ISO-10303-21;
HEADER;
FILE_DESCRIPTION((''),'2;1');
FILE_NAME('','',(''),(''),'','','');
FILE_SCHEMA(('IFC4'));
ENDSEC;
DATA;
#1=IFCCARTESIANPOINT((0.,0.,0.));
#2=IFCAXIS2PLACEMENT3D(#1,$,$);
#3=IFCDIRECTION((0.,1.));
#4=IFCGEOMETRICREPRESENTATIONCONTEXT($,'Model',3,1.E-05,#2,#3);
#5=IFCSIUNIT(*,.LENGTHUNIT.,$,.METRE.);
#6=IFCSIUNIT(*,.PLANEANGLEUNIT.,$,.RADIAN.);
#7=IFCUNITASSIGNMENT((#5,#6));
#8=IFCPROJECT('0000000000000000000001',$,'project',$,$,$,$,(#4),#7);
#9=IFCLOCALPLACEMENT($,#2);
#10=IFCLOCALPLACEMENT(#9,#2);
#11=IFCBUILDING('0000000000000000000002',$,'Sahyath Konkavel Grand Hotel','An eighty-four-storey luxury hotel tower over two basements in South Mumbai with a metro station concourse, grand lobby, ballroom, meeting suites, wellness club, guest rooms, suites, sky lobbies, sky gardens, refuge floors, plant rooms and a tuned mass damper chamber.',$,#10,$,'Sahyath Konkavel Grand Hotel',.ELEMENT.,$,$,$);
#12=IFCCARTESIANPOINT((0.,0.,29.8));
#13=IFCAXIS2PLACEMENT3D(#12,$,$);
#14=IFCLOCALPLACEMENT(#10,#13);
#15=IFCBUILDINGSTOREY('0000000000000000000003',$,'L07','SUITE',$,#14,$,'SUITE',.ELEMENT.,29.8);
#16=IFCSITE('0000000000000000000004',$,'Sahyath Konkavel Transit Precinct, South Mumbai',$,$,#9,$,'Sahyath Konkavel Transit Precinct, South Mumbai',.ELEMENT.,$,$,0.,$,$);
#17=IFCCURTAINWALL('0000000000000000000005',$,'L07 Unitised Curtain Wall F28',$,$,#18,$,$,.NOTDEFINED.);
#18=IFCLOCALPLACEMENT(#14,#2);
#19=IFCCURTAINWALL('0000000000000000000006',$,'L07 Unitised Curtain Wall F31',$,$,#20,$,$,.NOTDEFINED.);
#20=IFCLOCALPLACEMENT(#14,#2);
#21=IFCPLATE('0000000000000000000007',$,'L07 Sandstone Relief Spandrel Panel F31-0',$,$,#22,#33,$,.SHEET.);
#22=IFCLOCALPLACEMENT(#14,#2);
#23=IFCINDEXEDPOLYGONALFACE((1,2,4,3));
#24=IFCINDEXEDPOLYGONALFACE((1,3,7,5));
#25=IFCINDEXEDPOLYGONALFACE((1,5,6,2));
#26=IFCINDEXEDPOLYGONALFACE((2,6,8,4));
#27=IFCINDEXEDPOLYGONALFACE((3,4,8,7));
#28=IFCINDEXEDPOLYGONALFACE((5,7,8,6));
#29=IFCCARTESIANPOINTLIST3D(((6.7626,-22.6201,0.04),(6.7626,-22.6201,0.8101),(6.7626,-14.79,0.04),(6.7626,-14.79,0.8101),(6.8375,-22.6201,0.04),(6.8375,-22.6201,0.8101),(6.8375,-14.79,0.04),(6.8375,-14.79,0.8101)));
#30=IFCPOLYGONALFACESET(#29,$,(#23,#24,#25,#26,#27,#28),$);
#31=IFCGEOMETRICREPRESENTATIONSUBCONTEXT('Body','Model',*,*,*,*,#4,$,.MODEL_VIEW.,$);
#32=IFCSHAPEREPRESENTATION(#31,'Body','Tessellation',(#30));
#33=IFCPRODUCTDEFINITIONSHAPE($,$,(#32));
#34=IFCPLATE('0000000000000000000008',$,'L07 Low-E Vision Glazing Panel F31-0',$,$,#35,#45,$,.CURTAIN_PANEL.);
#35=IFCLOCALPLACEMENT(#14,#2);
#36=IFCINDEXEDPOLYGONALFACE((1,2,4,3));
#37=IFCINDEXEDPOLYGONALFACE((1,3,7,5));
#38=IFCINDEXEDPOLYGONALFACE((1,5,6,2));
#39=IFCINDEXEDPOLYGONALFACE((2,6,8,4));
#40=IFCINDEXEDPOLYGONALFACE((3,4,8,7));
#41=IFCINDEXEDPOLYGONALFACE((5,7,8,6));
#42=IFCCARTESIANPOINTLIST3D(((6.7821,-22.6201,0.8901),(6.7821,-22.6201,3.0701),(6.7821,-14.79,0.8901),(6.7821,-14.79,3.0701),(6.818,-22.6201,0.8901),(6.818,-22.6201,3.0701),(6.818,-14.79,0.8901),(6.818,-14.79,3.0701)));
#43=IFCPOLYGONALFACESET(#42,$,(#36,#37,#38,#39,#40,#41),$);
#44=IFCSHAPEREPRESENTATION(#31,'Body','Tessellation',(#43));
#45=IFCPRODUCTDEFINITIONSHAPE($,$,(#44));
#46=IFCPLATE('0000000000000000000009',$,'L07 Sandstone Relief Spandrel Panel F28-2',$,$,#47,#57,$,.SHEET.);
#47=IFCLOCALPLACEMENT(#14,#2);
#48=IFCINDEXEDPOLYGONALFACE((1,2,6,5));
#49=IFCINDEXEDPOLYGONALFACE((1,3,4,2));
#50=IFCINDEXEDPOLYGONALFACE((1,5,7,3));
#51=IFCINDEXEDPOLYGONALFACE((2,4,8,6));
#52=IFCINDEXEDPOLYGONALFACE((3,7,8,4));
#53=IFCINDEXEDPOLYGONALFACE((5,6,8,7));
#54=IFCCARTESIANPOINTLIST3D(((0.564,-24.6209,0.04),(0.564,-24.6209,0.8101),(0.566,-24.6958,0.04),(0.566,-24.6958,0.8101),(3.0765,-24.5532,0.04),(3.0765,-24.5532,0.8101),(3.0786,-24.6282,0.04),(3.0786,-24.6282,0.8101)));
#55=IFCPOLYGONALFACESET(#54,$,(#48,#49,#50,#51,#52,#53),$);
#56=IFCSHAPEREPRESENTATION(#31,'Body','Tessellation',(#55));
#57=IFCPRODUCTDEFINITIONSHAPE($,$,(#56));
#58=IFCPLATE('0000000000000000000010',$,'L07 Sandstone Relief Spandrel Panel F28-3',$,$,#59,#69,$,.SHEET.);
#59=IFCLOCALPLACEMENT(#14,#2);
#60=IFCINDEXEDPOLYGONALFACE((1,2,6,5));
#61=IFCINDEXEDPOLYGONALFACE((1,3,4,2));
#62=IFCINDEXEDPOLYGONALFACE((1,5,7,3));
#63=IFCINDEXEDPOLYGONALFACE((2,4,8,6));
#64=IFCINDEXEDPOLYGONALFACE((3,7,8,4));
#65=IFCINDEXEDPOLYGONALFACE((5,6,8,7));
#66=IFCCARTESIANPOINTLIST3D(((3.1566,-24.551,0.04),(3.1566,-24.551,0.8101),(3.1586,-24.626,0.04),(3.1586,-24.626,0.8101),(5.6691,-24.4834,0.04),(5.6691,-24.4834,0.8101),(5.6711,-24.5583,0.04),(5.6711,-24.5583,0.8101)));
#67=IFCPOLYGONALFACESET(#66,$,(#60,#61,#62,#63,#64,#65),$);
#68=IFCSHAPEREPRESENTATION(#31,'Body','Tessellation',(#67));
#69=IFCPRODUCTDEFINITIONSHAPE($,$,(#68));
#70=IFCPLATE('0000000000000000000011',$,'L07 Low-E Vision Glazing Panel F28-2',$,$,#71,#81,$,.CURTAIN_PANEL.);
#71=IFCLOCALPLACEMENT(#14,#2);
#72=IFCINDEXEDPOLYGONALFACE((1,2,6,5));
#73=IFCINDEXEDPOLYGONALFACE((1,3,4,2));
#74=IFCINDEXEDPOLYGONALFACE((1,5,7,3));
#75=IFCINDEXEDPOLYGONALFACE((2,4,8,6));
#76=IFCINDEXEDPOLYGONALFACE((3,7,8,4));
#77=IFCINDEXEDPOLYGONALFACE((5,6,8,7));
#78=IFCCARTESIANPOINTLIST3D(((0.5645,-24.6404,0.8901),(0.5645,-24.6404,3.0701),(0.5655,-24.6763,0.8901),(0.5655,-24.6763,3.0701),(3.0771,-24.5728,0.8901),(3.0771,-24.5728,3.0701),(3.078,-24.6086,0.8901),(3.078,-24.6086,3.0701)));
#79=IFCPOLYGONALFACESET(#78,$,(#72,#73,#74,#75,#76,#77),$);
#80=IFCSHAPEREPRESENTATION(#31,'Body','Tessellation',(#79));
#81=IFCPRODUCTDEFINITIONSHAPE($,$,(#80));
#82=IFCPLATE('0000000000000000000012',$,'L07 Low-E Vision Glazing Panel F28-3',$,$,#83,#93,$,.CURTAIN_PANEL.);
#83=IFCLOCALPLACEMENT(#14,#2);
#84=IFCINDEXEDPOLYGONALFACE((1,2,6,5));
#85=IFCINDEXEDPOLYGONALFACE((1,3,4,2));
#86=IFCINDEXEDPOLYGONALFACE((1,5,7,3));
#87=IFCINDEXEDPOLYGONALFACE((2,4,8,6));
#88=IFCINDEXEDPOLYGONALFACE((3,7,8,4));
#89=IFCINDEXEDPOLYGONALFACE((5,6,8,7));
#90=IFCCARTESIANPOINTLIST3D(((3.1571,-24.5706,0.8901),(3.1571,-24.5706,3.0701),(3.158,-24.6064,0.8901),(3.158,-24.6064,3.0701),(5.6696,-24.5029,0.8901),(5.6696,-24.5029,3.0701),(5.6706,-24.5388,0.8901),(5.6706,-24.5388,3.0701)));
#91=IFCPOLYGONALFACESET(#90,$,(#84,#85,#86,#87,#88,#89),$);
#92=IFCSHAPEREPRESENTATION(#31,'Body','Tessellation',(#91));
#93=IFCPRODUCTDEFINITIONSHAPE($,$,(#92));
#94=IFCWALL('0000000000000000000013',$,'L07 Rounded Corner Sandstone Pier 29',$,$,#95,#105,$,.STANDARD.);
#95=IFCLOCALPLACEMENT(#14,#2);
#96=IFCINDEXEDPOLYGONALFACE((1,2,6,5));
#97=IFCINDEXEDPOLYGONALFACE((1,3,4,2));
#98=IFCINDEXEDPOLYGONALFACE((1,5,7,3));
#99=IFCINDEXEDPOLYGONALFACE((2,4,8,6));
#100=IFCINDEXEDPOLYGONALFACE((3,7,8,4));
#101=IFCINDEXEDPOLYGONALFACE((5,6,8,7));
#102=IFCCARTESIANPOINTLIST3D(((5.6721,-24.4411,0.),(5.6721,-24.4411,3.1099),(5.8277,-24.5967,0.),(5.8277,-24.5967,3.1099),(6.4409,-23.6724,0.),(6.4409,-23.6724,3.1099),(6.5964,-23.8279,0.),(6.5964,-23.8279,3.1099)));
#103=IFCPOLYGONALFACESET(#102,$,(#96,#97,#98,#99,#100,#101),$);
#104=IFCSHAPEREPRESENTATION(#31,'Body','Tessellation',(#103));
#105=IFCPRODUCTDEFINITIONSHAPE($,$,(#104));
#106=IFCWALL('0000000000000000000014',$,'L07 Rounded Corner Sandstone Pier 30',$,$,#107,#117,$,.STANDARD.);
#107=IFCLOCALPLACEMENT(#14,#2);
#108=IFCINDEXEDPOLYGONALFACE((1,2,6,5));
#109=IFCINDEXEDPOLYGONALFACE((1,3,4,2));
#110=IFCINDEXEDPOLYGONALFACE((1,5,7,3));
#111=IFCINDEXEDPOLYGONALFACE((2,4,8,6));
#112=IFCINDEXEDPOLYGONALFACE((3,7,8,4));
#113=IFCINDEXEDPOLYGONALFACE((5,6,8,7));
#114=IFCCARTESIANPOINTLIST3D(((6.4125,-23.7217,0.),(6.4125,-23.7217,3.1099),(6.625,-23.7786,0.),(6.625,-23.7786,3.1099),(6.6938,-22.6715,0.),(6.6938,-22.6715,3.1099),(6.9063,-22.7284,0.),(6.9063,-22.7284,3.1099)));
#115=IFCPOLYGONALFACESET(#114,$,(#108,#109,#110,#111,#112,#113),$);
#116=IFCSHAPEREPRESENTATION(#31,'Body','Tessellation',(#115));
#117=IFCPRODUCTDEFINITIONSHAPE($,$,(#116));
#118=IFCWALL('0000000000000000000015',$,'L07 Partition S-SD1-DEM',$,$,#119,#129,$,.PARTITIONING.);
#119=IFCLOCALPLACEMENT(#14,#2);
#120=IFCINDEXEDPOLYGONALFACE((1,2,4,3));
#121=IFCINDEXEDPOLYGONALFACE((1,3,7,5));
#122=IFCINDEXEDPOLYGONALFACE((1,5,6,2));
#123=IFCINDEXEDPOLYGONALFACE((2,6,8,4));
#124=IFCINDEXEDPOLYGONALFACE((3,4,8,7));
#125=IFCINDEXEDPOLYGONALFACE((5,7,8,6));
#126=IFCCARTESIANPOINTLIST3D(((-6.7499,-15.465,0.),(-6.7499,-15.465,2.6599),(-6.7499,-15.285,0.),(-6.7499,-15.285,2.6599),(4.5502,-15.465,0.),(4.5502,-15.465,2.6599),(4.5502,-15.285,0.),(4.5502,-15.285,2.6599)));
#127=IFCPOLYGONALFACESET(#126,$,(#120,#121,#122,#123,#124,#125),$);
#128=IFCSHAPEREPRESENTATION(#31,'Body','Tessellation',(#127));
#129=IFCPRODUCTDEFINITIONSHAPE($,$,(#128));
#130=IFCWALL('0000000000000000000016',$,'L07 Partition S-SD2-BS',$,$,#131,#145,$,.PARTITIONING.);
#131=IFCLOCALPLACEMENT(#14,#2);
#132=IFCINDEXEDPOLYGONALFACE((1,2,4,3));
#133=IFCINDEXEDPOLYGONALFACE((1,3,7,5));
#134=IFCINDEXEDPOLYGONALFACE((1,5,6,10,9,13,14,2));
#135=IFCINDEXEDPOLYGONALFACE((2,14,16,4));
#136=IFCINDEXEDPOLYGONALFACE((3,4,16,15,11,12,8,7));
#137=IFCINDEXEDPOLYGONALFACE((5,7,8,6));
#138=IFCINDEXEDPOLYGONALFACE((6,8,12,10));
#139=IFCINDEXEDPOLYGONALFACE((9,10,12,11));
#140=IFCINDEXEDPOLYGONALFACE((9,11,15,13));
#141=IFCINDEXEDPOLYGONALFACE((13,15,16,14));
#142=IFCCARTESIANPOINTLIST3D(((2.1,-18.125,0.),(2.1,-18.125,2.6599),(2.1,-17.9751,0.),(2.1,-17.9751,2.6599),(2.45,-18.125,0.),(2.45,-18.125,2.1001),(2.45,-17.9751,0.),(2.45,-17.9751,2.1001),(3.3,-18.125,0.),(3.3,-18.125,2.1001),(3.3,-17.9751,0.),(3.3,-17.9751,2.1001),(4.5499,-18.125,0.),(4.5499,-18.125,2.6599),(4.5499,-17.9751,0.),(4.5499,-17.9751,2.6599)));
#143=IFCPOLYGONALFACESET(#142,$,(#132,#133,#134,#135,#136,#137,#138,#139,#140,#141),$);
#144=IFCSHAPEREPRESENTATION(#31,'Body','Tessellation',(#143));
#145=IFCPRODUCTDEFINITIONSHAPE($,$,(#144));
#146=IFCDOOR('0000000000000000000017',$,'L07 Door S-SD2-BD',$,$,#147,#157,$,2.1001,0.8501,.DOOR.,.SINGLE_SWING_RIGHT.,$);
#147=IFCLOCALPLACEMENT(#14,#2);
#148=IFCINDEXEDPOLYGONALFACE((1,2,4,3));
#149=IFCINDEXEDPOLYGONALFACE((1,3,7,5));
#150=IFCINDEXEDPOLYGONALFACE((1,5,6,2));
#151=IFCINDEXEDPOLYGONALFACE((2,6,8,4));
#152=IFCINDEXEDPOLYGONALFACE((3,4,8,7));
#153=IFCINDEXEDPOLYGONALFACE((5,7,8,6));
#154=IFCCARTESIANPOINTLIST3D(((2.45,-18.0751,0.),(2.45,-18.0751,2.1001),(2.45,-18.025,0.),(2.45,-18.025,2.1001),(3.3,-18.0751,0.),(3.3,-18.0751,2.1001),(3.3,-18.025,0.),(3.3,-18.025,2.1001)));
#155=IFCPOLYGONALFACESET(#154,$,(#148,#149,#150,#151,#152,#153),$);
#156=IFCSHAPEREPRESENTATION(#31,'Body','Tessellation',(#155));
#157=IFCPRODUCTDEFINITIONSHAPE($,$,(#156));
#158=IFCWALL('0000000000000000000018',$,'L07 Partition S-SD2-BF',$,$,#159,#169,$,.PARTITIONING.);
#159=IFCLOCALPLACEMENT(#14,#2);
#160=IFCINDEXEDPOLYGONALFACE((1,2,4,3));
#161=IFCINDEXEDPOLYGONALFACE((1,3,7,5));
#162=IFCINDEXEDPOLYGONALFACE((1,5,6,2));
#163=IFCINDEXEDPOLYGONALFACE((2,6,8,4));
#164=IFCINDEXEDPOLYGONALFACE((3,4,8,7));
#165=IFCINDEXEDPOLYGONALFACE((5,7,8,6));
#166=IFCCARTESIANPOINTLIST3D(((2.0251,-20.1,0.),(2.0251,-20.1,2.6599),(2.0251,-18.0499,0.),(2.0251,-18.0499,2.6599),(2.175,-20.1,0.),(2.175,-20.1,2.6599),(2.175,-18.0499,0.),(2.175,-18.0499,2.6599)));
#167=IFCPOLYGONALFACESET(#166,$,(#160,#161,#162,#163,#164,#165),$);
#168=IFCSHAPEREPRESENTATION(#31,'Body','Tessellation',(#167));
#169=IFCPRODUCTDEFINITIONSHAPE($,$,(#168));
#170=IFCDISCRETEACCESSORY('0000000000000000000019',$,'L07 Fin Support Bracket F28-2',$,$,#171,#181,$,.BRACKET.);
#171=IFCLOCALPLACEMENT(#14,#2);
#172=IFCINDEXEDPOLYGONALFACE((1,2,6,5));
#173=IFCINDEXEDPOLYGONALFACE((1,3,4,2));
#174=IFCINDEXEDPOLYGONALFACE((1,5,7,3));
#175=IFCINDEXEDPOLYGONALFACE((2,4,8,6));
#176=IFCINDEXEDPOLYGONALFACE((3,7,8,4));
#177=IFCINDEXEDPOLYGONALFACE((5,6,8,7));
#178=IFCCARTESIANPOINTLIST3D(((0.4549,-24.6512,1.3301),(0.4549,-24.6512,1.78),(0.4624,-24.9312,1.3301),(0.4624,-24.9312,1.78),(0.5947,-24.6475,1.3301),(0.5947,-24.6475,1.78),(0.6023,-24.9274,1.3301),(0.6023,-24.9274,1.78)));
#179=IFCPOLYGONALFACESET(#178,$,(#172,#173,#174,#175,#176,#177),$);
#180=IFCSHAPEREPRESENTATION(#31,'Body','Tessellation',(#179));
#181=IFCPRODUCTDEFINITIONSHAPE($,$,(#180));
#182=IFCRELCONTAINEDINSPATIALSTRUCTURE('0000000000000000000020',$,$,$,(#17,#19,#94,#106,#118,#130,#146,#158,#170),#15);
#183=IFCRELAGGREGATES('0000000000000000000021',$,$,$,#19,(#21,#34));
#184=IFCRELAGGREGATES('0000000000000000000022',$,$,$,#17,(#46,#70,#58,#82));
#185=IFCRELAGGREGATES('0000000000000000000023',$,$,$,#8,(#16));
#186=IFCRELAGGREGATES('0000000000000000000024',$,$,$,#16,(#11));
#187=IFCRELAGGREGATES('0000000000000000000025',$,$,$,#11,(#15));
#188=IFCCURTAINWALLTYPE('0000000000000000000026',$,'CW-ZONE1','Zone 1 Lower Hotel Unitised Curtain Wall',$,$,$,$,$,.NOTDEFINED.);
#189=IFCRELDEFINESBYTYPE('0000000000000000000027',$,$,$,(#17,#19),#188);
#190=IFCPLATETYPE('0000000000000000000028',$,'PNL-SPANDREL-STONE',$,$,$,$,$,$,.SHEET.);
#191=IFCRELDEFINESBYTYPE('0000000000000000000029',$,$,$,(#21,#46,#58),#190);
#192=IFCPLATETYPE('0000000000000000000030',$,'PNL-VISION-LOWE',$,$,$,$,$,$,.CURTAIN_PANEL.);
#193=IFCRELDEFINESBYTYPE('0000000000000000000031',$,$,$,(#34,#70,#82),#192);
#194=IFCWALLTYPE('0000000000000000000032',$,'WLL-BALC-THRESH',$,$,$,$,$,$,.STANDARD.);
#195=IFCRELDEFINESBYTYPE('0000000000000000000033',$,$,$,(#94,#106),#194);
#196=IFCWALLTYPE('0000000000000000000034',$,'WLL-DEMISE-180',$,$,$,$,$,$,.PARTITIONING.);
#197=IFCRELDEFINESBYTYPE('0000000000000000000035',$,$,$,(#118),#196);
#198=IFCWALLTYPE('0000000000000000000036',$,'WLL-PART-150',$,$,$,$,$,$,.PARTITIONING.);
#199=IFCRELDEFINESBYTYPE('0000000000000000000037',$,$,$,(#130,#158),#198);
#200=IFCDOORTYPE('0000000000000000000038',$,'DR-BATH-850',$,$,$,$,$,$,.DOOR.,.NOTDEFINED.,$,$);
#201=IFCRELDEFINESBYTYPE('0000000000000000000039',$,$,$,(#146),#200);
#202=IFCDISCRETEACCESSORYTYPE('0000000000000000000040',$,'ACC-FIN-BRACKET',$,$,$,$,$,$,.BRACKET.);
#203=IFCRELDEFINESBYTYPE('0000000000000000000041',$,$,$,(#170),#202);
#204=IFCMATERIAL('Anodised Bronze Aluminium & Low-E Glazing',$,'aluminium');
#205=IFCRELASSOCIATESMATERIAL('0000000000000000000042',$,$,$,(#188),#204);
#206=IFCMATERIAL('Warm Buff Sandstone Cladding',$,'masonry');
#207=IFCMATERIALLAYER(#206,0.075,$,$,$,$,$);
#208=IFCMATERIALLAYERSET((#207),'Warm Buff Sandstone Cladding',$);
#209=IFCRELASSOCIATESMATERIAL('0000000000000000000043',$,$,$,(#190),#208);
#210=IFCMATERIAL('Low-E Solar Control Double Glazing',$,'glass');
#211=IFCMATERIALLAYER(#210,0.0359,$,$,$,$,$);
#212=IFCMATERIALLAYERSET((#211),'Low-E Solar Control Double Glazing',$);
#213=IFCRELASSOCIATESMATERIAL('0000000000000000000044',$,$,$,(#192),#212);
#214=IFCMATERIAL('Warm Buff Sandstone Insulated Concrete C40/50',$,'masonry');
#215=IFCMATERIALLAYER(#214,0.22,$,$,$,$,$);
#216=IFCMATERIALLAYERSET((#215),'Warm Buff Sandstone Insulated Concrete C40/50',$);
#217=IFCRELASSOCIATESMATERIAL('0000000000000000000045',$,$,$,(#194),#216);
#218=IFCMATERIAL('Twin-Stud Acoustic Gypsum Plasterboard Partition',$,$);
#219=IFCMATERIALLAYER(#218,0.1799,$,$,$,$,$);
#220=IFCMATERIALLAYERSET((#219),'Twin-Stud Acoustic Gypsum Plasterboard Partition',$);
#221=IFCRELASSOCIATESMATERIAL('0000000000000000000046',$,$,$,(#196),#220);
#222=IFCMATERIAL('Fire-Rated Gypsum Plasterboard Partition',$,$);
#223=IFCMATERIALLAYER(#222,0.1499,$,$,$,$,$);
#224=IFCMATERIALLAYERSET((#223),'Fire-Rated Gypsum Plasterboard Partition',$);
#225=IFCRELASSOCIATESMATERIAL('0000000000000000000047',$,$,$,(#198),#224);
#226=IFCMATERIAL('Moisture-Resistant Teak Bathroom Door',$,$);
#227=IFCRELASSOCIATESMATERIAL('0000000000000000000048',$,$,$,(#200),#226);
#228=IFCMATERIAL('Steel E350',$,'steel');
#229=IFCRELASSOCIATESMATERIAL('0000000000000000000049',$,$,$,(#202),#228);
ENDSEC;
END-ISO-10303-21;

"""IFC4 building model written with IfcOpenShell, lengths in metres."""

from ifc_helpers import new_model, si_unit, direction, frame, frame_2d, origin, origin_2d, place, context, subcontext, project, spatial, rectangle, extrude, source, transform, mapped, material, layer, layer_set, type_object, element, fill, aggregate, save


model = new_model("IFC4")

# Units and contexts
model_context = context("Model", 3, precision=1e-05, world=origin(), true_north=direction((0.0, 1.0)))
body_context = subcontext(model_context, "Body", "Model", "MODEL_VIEW")
ifc_project = project(units=[si_unit("LENGTHUNIT", "METRE"), si_unit("PLANEANGLEUNIT", "RADIAN")], contexts=[model_context])

# Site, building, storey
site_placement = place(None, origin())
site = spatial("IfcSite", under=ifc_project, at=site_placement, Name="Sahyath Konkavel Transit Precinct, South Mumbai", LongName="Sahyath Konkavel Transit Precinct, South Mumbai", CompositionType="ELEMENT", RefElevation=0.0)
building_placement = place(site_placement, origin())
building = spatial("IfcBuilding", under=site, at=building_placement, Name="Sahyath Konkavel Grand Hotel", Description="An eighty-four-storey luxury hotel tower over two basements in South Mumbai with a metro station concourse, grand lobby, ballroom, meeting suites, wellness club, guest rooms, suites, sky lobbies, sky gardens, refuge floors, plant rooms and a tuned mass damper chamber.", LongName="Sahyath Konkavel Grand Hotel", CompositionType="ELEMENT")
storey_placement = place(building_placement, frame((0.0, 0.0, 29.8)))
storey = spatial("IfcBuildingStorey", under=building, at=storey_placement, Name="L07", Description="SUITE", LongName="SUITE", CompositionType="ELEMENT", Elevation=29.8)

# Curtain walls
ifc_material_1 = material(Name="Anodised Bronze Aluminium & Low-E Glazing", Category="aluminium")
curtain_wall_type = type_object("IfcCurtainWallType", Name="CW-ZONE1", Description="Zone 1 Lower Hotel Unitised Curtain Wall", PredefinedType="NOTDEFINED", material=ifc_material_1)
curtain_wall_1_placement = place(storey_placement, origin())
curtain_wall_1 = element("IfcCurtainWall", 1, at=curtain_wall_1_placement, inside=storey, type_object=curtain_wall_type, Name="L07 Unitised Curtain Wall F28", PredefinedType="NOTDEFINED")
curtain_wall_2_placement = place(storey_placement, origin())
curtain_wall_2 = element("IfcCurtainWall", 2, at=curtain_wall_2_placement, inside=storey, type_object=curtain_wall_type, Name="L07 Unitised Curtain Wall F31", PredefinedType="NOTDEFINED")

# Plates
ifc_material_2 = material(Name="Warm Buff Sandstone Cladding", Category="masonry")
ifc_layer_1 = layer(ifc_material_2, 0.075)
ifc_layer_set_1 = layer_set([ifc_layer_1], Name="Warm Buff Sandstone Cladding")
plate_type_1 = type_object("IfcPlateType", Name="PNL-SPANDREL-STONE", PredefinedType="SHEET", material=ifc_layer_set_1)
shared_shape_1 = source(origin(), body_context, "Body", "SweptSolid", [
    extrude(rectangle(XDim=7.8301, YDim=0.075, at=origin_2d()), origin(), (0.0, 0.0, 1.0), 0.77),
])
plate_1_placement = place(storey_placement, frame((6.8, -18.7051, 0.04), z_axis=(0.0, 0.0, 1.0), x_axis=(0.0, 1.0, 0.0)))
plate_1 = element("IfcPlate", 3, at=plate_1_placement, type_object=plate_type_1, Name="L07 Sandstone Relief Spandrel Panel F31-0", PredefinedType="SHEET", context=body_context, shape_type="MappedRepresentation", body=[
    mapped(shared_shape_1, transform((0.0, 0.0, 0.0), scale=1.0)),
])
ifc_material_3 = material(Name="Low-E Solar Control Double Glazing", Category="glass")
ifc_layer_2 = layer(ifc_material_3, 0.0359)
ifc_layer_set_2 = layer_set([ifc_layer_2], Name="Low-E Solar Control Double Glazing")
plate_type_2 = type_object("IfcPlateType", Name="PNL-VISION-LOWE", PredefinedType="CURTAIN_PANEL", material=ifc_layer_set_2)
shared_shape_2 = source(origin(), body_context, "Body", "SweptSolid", [
    extrude(rectangle(XDim=7.8301, YDim=0.0359, at=origin_2d()), origin(), (0.0, 0.0, 1.0), 2.1799),
])
plate_2_placement = place(storey_placement, frame((6.8, -18.7051, 0.8901), z_axis=(0.0, 0.0, 1.0), x_axis=(0.0, 1.0, 0.0)))
plate_2 = element("IfcPlate", 4, at=plate_2_placement, type_object=plate_type_2, Name="L07 Low-E Vision Glazing Panel F31-0", PredefinedType="CURTAIN_PANEL", context=body_context, shape_type="MappedRepresentation", body=[
    mapped(shared_shape_2, transform((0.0, 0.0, 0.0), scale=1.0)),
])
aggregate(curtain_wall_2, [plate_1, plate_2])
shared_shape_3 = source(origin(), body_context, "Body", "SweptSolid", [
    extrude(rectangle(XDim=2.5134, YDim=0.075, at=origin_2d()), origin(), (0.0, 0.0, 1.0), 0.77),
])
plate_3_placement = place(storey_placement, frame((1.8213, -24.6245, 0.04), z_axis=(0.0, 0.0, 1.0), x_axis=(0.999638, 0.02691, 0.0)))
plate_3 = element("IfcPlate", 5, at=plate_3_placement, type_object=plate_type_1, Name="L07 Sandstone Relief Spandrel Panel F28-2", PredefinedType="SHEET", context=body_context, shape_type="MappedRepresentation", body=[
    mapped(shared_shape_3, transform((0.0, 0.0, 0.0), scale=1.0)),
])
plate_4_placement = place(storey_placement, frame((4.4138, -24.5547, 0.04), z_axis=(0.0, 0.0, 1.0), x_axis=(0.999638, 0.02691, 0.0)))
plate_4 = element("IfcPlate", 6, at=plate_4_placement, type_object=plate_type_1, Name="L07 Sandstone Relief Spandrel Panel F28-3", PredefinedType="SHEET", context=body_context, shape_type="MappedRepresentation", body=[
    mapped(shared_shape_3, transform((0.0, 0.0, 0.0), scale=1.0)),
])
shared_shape_4 = source(origin(), body_context, "Body", "SweptSolid", [
    extrude(rectangle(XDim=2.5134, YDim=0.0359, at=origin_2d()), origin(), (0.0, 0.0, 1.0), 2.1799),
])
plate_5_placement = place(storey_placement, frame((1.8213, -24.6245, 0.8901), z_axis=(0.0, 0.0, 1.0), x_axis=(0.999638, 0.02691, 0.0)))
plate_5 = element("IfcPlate", 7, at=plate_5_placement, type_object=plate_type_2, Name="L07 Low-E Vision Glazing Panel F28-2", PredefinedType="CURTAIN_PANEL", context=body_context, shape_type="MappedRepresentation", body=[
    mapped(shared_shape_4, transform((0.0, 0.0, 0.0), scale=1.0)),
])
plate_6_placement = place(storey_placement, frame((4.4138, -24.5547, 0.8901), z_axis=(0.0, 0.0, 1.0), x_axis=(0.999638, 0.02691, 0.0)))
plate_6 = element("IfcPlate", 8, at=plate_6_placement, type_object=plate_type_2, Name="L07 Low-E Vision Glazing Panel F28-3", PredefinedType="CURTAIN_PANEL", context=body_context, shape_type="MappedRepresentation", body=[
    mapped(shared_shape_4, transform((0.0, 0.0, 0.0), scale=1.0)),
])
aggregate(curtain_wall_1, [plate_3, plate_5, plate_4, plate_6])

# Walls
ifc_material_4 = material(Name="Warm Buff Sandstone Insulated Concrete C40/50", Category="masonry")
ifc_layer_3 = layer(ifc_material_4, 0.22)
ifc_layer_set_3 = layer_set([ifc_layer_3], Name="Warm Buff Sandstone Insulated Concrete C40/50")
wall_type_1 = type_object("IfcWallType", Name="WLL-BALC-THRESH", PredefinedType="STANDARD", material=ifc_layer_set_3)
for number, where, z_axis, x_axis, name in (
    (9, (5.75, -24.5188, 0.0), (0.0, 0.0, 1.0), (0.707107, 0.707107, 0.0), "L07 Rounded Corner Sandstone Pier 29"),
    (10, (6.5188, -23.75, 0.0), (0.0, 0.0, 1.0), (0.258725, 0.965951, 0.0), "L07 Rounded Corner Sandstone Pier 30"),
):
    element("IfcWall", number, at=place(storey_placement, frame(where, z_axis=z_axis, x_axis=x_axis)), inside=storey, type_object=wall_type_1, Name=name, PredefinedType="STANDARD", context=body_context, shape_type="SweptSolid", body=[
        extrude(rectangle(XDim=1.0872, YDim=0.22, at=frame_2d((0.5435, 0.0))), origin(), (0.0, 0.0, 1.0), 3.1099),
    ])
ifc_material_5 = material(Name="Twin-Stud Acoustic Gypsum Plasterboard Partition")
ifc_layer_4 = layer(ifc_material_5, 0.1799)
ifc_layer_set_4 = layer_set([ifc_layer_4], Name="Twin-Stud Acoustic Gypsum Plasterboard Partition")
wall_type_2 = type_object("IfcWallType", Name="WLL-DEMISE-180", PredefinedType="PARTITIONING", material=ifc_layer_set_4)
wall_1_placement = place(storey_placement, frame((4.55, -15.375, 0.0), z_axis=(0.0, 0.0, 1.0), x_axis=(-1.0, 0.0, 0.0)))
element("IfcWall", 11, at=wall_1_placement, inside=storey, type_object=wall_type_2, Name="L07 Partition S-SD1-DEM", PredefinedType="PARTITIONING", context=body_context, shape_type="SweptSolid", body=[
    extrude(rectangle(XDim=11.3, YDim=0.1799, at=frame_2d((5.6499, 0.0))), origin(), (0.0, 0.0, 1.0), 2.6599),
])

# Wall, opening, door
ifc_material_6 = material(Name="Fire-Rated Gypsum Plasterboard Partition")
ifc_layer_5 = layer(ifc_material_6, 0.1499)
ifc_layer_set_5 = layer_set([ifc_layer_5], Name="Fire-Rated Gypsum Plasterboard Partition")
wall_type_3 = type_object("IfcWallType", Name="WLL-PART-150", PredefinedType="PARTITIONING", material=ifc_layer_set_5)
wall_2_placement = place(storey_placement, frame((4.55, -18.05, 0.0), z_axis=(0.0, 0.0, 1.0), x_axis=(-1.0, 0.0, 0.0)))
wall_2 = element("IfcWall", 12, at=wall_2_placement, inside=storey, type_object=wall_type_3, Name="L07 Partition S-SD2-BS", PredefinedType="PARTITIONING", context=body_context, shape_type="SweptSolid", body=[
    extrude(rectangle(XDim=2.45, YDim=0.1499, at=frame_2d((1.2251, 0.0))), origin(), (0.0, 0.0, 1.0), 2.6599),
])
opening_placement = place(wall_2_placement, frame((1.25, 0.0, 0.0)))
opening = element("IfcOpeningElement", 13, at=opening_placement, cuts=wall_2, PredefinedType="OPENING", context=body_context, shape_type="SweptSolid", body=[
    extrude(rectangle(XDim=0.8501, YDim=2.1001, at=frame_2d((0.425, 1.05))), frame((0.0, 0.085, 0.0), z_axis=(0.0, -1.0, 0.0), x_axis=(1.0, 0.0, 0.0)), (0.0, 0.0, 1.0), 0.1699),
])
ifc_material_7 = material(Name="Moisture-Resistant Teak Bathroom Door")
door_type = type_object("IfcDoorType", Name="DR-BATH-850", OperationType="NOTDEFINED", PredefinedType="DOOR", material=ifc_material_7)
shared_shape_5 = source(origin(), body_context, "Body", "SweptSolid", [
    extrude(rectangle(XDim=0.8501, YDim=0.05, at=origin_2d()), origin(), (0.0, 0.0, 1.0), 2.1001),
])
door_placement = place(opening_placement, frame((0.425, 0.0, 0.0)))
door = element("IfcDoor", 14, at=door_placement, inside=storey, type_object=door_type, Name="L07 Door S-SD2-BD", OperationType="SINGLE_SWING_RIGHT", OverallHeight=2.1001, OverallWidth=0.8501, PredefinedType="DOOR", context=body_context, shape_type="MappedRepresentation", body=[
    mapped(shared_shape_5, transform((0.0, 0.0, 0.0), scale=1.0)),
])
fill(opening, door)

# Wall
wall_3_placement = place(storey_placement, frame((2.1001, -18.05, 0.0), z_axis=(0.0, 0.0, 1.0), x_axis=(0.0, -1.0, 0.0)))
element("IfcWall", 15, at=wall_3_placement, inside=storey, type_object=wall_type_3, Name="L07 Partition S-SD2-BF", PredefinedType="PARTITIONING", context=body_context, shape_type="SweptSolid", body=[
    extrude(rectangle(XDim=2.05, YDim=0.1499, at=frame_2d((1.0249, 0.0))), origin(), (0.0, 0.0, 1.0), 2.6599),
])

# Discrete accessory
ifc_material_8 = material(Name="Steel E350", Category="steel")
discrete_accessory_type = type_object("IfcDiscreteAccessoryType", Name="ACC-FIN-BRACKET", PredefinedType="BRACKET", material=ifc_material_8)
shared_shape_6 = source(origin(), body_context, "Body", "SweptSolid", [
    extrude(rectangle(XDim=0.28, YDim=0.1399, at=origin_2d()), origin(), (0.0, 0.0, 1.0), 0.45),
])
for number, where, z_axis, x_axis, name in (
    (16, (0.5286, -24.7893, 1.3301), (0.0, 0.0, 1.0), (0.02691, -0.999638, 0.0), "L07 Fin Support Bracket F28-2"),
):
    element("IfcDiscreteAccessory", number, at=place(storey_placement, frame(where, z_axis=z_axis, x_axis=x_axis)), inside=storey, type_object=discrete_accessory_type, Name=name, PredefinedType="BRACKET", context=body_context, shape_type="MappedRepresentation", body=[
        mapped(shared_shape_6, transform((0.0, 0.0, 0.0), scale=1.0)),
    ])

save(model, "model.ifc")
